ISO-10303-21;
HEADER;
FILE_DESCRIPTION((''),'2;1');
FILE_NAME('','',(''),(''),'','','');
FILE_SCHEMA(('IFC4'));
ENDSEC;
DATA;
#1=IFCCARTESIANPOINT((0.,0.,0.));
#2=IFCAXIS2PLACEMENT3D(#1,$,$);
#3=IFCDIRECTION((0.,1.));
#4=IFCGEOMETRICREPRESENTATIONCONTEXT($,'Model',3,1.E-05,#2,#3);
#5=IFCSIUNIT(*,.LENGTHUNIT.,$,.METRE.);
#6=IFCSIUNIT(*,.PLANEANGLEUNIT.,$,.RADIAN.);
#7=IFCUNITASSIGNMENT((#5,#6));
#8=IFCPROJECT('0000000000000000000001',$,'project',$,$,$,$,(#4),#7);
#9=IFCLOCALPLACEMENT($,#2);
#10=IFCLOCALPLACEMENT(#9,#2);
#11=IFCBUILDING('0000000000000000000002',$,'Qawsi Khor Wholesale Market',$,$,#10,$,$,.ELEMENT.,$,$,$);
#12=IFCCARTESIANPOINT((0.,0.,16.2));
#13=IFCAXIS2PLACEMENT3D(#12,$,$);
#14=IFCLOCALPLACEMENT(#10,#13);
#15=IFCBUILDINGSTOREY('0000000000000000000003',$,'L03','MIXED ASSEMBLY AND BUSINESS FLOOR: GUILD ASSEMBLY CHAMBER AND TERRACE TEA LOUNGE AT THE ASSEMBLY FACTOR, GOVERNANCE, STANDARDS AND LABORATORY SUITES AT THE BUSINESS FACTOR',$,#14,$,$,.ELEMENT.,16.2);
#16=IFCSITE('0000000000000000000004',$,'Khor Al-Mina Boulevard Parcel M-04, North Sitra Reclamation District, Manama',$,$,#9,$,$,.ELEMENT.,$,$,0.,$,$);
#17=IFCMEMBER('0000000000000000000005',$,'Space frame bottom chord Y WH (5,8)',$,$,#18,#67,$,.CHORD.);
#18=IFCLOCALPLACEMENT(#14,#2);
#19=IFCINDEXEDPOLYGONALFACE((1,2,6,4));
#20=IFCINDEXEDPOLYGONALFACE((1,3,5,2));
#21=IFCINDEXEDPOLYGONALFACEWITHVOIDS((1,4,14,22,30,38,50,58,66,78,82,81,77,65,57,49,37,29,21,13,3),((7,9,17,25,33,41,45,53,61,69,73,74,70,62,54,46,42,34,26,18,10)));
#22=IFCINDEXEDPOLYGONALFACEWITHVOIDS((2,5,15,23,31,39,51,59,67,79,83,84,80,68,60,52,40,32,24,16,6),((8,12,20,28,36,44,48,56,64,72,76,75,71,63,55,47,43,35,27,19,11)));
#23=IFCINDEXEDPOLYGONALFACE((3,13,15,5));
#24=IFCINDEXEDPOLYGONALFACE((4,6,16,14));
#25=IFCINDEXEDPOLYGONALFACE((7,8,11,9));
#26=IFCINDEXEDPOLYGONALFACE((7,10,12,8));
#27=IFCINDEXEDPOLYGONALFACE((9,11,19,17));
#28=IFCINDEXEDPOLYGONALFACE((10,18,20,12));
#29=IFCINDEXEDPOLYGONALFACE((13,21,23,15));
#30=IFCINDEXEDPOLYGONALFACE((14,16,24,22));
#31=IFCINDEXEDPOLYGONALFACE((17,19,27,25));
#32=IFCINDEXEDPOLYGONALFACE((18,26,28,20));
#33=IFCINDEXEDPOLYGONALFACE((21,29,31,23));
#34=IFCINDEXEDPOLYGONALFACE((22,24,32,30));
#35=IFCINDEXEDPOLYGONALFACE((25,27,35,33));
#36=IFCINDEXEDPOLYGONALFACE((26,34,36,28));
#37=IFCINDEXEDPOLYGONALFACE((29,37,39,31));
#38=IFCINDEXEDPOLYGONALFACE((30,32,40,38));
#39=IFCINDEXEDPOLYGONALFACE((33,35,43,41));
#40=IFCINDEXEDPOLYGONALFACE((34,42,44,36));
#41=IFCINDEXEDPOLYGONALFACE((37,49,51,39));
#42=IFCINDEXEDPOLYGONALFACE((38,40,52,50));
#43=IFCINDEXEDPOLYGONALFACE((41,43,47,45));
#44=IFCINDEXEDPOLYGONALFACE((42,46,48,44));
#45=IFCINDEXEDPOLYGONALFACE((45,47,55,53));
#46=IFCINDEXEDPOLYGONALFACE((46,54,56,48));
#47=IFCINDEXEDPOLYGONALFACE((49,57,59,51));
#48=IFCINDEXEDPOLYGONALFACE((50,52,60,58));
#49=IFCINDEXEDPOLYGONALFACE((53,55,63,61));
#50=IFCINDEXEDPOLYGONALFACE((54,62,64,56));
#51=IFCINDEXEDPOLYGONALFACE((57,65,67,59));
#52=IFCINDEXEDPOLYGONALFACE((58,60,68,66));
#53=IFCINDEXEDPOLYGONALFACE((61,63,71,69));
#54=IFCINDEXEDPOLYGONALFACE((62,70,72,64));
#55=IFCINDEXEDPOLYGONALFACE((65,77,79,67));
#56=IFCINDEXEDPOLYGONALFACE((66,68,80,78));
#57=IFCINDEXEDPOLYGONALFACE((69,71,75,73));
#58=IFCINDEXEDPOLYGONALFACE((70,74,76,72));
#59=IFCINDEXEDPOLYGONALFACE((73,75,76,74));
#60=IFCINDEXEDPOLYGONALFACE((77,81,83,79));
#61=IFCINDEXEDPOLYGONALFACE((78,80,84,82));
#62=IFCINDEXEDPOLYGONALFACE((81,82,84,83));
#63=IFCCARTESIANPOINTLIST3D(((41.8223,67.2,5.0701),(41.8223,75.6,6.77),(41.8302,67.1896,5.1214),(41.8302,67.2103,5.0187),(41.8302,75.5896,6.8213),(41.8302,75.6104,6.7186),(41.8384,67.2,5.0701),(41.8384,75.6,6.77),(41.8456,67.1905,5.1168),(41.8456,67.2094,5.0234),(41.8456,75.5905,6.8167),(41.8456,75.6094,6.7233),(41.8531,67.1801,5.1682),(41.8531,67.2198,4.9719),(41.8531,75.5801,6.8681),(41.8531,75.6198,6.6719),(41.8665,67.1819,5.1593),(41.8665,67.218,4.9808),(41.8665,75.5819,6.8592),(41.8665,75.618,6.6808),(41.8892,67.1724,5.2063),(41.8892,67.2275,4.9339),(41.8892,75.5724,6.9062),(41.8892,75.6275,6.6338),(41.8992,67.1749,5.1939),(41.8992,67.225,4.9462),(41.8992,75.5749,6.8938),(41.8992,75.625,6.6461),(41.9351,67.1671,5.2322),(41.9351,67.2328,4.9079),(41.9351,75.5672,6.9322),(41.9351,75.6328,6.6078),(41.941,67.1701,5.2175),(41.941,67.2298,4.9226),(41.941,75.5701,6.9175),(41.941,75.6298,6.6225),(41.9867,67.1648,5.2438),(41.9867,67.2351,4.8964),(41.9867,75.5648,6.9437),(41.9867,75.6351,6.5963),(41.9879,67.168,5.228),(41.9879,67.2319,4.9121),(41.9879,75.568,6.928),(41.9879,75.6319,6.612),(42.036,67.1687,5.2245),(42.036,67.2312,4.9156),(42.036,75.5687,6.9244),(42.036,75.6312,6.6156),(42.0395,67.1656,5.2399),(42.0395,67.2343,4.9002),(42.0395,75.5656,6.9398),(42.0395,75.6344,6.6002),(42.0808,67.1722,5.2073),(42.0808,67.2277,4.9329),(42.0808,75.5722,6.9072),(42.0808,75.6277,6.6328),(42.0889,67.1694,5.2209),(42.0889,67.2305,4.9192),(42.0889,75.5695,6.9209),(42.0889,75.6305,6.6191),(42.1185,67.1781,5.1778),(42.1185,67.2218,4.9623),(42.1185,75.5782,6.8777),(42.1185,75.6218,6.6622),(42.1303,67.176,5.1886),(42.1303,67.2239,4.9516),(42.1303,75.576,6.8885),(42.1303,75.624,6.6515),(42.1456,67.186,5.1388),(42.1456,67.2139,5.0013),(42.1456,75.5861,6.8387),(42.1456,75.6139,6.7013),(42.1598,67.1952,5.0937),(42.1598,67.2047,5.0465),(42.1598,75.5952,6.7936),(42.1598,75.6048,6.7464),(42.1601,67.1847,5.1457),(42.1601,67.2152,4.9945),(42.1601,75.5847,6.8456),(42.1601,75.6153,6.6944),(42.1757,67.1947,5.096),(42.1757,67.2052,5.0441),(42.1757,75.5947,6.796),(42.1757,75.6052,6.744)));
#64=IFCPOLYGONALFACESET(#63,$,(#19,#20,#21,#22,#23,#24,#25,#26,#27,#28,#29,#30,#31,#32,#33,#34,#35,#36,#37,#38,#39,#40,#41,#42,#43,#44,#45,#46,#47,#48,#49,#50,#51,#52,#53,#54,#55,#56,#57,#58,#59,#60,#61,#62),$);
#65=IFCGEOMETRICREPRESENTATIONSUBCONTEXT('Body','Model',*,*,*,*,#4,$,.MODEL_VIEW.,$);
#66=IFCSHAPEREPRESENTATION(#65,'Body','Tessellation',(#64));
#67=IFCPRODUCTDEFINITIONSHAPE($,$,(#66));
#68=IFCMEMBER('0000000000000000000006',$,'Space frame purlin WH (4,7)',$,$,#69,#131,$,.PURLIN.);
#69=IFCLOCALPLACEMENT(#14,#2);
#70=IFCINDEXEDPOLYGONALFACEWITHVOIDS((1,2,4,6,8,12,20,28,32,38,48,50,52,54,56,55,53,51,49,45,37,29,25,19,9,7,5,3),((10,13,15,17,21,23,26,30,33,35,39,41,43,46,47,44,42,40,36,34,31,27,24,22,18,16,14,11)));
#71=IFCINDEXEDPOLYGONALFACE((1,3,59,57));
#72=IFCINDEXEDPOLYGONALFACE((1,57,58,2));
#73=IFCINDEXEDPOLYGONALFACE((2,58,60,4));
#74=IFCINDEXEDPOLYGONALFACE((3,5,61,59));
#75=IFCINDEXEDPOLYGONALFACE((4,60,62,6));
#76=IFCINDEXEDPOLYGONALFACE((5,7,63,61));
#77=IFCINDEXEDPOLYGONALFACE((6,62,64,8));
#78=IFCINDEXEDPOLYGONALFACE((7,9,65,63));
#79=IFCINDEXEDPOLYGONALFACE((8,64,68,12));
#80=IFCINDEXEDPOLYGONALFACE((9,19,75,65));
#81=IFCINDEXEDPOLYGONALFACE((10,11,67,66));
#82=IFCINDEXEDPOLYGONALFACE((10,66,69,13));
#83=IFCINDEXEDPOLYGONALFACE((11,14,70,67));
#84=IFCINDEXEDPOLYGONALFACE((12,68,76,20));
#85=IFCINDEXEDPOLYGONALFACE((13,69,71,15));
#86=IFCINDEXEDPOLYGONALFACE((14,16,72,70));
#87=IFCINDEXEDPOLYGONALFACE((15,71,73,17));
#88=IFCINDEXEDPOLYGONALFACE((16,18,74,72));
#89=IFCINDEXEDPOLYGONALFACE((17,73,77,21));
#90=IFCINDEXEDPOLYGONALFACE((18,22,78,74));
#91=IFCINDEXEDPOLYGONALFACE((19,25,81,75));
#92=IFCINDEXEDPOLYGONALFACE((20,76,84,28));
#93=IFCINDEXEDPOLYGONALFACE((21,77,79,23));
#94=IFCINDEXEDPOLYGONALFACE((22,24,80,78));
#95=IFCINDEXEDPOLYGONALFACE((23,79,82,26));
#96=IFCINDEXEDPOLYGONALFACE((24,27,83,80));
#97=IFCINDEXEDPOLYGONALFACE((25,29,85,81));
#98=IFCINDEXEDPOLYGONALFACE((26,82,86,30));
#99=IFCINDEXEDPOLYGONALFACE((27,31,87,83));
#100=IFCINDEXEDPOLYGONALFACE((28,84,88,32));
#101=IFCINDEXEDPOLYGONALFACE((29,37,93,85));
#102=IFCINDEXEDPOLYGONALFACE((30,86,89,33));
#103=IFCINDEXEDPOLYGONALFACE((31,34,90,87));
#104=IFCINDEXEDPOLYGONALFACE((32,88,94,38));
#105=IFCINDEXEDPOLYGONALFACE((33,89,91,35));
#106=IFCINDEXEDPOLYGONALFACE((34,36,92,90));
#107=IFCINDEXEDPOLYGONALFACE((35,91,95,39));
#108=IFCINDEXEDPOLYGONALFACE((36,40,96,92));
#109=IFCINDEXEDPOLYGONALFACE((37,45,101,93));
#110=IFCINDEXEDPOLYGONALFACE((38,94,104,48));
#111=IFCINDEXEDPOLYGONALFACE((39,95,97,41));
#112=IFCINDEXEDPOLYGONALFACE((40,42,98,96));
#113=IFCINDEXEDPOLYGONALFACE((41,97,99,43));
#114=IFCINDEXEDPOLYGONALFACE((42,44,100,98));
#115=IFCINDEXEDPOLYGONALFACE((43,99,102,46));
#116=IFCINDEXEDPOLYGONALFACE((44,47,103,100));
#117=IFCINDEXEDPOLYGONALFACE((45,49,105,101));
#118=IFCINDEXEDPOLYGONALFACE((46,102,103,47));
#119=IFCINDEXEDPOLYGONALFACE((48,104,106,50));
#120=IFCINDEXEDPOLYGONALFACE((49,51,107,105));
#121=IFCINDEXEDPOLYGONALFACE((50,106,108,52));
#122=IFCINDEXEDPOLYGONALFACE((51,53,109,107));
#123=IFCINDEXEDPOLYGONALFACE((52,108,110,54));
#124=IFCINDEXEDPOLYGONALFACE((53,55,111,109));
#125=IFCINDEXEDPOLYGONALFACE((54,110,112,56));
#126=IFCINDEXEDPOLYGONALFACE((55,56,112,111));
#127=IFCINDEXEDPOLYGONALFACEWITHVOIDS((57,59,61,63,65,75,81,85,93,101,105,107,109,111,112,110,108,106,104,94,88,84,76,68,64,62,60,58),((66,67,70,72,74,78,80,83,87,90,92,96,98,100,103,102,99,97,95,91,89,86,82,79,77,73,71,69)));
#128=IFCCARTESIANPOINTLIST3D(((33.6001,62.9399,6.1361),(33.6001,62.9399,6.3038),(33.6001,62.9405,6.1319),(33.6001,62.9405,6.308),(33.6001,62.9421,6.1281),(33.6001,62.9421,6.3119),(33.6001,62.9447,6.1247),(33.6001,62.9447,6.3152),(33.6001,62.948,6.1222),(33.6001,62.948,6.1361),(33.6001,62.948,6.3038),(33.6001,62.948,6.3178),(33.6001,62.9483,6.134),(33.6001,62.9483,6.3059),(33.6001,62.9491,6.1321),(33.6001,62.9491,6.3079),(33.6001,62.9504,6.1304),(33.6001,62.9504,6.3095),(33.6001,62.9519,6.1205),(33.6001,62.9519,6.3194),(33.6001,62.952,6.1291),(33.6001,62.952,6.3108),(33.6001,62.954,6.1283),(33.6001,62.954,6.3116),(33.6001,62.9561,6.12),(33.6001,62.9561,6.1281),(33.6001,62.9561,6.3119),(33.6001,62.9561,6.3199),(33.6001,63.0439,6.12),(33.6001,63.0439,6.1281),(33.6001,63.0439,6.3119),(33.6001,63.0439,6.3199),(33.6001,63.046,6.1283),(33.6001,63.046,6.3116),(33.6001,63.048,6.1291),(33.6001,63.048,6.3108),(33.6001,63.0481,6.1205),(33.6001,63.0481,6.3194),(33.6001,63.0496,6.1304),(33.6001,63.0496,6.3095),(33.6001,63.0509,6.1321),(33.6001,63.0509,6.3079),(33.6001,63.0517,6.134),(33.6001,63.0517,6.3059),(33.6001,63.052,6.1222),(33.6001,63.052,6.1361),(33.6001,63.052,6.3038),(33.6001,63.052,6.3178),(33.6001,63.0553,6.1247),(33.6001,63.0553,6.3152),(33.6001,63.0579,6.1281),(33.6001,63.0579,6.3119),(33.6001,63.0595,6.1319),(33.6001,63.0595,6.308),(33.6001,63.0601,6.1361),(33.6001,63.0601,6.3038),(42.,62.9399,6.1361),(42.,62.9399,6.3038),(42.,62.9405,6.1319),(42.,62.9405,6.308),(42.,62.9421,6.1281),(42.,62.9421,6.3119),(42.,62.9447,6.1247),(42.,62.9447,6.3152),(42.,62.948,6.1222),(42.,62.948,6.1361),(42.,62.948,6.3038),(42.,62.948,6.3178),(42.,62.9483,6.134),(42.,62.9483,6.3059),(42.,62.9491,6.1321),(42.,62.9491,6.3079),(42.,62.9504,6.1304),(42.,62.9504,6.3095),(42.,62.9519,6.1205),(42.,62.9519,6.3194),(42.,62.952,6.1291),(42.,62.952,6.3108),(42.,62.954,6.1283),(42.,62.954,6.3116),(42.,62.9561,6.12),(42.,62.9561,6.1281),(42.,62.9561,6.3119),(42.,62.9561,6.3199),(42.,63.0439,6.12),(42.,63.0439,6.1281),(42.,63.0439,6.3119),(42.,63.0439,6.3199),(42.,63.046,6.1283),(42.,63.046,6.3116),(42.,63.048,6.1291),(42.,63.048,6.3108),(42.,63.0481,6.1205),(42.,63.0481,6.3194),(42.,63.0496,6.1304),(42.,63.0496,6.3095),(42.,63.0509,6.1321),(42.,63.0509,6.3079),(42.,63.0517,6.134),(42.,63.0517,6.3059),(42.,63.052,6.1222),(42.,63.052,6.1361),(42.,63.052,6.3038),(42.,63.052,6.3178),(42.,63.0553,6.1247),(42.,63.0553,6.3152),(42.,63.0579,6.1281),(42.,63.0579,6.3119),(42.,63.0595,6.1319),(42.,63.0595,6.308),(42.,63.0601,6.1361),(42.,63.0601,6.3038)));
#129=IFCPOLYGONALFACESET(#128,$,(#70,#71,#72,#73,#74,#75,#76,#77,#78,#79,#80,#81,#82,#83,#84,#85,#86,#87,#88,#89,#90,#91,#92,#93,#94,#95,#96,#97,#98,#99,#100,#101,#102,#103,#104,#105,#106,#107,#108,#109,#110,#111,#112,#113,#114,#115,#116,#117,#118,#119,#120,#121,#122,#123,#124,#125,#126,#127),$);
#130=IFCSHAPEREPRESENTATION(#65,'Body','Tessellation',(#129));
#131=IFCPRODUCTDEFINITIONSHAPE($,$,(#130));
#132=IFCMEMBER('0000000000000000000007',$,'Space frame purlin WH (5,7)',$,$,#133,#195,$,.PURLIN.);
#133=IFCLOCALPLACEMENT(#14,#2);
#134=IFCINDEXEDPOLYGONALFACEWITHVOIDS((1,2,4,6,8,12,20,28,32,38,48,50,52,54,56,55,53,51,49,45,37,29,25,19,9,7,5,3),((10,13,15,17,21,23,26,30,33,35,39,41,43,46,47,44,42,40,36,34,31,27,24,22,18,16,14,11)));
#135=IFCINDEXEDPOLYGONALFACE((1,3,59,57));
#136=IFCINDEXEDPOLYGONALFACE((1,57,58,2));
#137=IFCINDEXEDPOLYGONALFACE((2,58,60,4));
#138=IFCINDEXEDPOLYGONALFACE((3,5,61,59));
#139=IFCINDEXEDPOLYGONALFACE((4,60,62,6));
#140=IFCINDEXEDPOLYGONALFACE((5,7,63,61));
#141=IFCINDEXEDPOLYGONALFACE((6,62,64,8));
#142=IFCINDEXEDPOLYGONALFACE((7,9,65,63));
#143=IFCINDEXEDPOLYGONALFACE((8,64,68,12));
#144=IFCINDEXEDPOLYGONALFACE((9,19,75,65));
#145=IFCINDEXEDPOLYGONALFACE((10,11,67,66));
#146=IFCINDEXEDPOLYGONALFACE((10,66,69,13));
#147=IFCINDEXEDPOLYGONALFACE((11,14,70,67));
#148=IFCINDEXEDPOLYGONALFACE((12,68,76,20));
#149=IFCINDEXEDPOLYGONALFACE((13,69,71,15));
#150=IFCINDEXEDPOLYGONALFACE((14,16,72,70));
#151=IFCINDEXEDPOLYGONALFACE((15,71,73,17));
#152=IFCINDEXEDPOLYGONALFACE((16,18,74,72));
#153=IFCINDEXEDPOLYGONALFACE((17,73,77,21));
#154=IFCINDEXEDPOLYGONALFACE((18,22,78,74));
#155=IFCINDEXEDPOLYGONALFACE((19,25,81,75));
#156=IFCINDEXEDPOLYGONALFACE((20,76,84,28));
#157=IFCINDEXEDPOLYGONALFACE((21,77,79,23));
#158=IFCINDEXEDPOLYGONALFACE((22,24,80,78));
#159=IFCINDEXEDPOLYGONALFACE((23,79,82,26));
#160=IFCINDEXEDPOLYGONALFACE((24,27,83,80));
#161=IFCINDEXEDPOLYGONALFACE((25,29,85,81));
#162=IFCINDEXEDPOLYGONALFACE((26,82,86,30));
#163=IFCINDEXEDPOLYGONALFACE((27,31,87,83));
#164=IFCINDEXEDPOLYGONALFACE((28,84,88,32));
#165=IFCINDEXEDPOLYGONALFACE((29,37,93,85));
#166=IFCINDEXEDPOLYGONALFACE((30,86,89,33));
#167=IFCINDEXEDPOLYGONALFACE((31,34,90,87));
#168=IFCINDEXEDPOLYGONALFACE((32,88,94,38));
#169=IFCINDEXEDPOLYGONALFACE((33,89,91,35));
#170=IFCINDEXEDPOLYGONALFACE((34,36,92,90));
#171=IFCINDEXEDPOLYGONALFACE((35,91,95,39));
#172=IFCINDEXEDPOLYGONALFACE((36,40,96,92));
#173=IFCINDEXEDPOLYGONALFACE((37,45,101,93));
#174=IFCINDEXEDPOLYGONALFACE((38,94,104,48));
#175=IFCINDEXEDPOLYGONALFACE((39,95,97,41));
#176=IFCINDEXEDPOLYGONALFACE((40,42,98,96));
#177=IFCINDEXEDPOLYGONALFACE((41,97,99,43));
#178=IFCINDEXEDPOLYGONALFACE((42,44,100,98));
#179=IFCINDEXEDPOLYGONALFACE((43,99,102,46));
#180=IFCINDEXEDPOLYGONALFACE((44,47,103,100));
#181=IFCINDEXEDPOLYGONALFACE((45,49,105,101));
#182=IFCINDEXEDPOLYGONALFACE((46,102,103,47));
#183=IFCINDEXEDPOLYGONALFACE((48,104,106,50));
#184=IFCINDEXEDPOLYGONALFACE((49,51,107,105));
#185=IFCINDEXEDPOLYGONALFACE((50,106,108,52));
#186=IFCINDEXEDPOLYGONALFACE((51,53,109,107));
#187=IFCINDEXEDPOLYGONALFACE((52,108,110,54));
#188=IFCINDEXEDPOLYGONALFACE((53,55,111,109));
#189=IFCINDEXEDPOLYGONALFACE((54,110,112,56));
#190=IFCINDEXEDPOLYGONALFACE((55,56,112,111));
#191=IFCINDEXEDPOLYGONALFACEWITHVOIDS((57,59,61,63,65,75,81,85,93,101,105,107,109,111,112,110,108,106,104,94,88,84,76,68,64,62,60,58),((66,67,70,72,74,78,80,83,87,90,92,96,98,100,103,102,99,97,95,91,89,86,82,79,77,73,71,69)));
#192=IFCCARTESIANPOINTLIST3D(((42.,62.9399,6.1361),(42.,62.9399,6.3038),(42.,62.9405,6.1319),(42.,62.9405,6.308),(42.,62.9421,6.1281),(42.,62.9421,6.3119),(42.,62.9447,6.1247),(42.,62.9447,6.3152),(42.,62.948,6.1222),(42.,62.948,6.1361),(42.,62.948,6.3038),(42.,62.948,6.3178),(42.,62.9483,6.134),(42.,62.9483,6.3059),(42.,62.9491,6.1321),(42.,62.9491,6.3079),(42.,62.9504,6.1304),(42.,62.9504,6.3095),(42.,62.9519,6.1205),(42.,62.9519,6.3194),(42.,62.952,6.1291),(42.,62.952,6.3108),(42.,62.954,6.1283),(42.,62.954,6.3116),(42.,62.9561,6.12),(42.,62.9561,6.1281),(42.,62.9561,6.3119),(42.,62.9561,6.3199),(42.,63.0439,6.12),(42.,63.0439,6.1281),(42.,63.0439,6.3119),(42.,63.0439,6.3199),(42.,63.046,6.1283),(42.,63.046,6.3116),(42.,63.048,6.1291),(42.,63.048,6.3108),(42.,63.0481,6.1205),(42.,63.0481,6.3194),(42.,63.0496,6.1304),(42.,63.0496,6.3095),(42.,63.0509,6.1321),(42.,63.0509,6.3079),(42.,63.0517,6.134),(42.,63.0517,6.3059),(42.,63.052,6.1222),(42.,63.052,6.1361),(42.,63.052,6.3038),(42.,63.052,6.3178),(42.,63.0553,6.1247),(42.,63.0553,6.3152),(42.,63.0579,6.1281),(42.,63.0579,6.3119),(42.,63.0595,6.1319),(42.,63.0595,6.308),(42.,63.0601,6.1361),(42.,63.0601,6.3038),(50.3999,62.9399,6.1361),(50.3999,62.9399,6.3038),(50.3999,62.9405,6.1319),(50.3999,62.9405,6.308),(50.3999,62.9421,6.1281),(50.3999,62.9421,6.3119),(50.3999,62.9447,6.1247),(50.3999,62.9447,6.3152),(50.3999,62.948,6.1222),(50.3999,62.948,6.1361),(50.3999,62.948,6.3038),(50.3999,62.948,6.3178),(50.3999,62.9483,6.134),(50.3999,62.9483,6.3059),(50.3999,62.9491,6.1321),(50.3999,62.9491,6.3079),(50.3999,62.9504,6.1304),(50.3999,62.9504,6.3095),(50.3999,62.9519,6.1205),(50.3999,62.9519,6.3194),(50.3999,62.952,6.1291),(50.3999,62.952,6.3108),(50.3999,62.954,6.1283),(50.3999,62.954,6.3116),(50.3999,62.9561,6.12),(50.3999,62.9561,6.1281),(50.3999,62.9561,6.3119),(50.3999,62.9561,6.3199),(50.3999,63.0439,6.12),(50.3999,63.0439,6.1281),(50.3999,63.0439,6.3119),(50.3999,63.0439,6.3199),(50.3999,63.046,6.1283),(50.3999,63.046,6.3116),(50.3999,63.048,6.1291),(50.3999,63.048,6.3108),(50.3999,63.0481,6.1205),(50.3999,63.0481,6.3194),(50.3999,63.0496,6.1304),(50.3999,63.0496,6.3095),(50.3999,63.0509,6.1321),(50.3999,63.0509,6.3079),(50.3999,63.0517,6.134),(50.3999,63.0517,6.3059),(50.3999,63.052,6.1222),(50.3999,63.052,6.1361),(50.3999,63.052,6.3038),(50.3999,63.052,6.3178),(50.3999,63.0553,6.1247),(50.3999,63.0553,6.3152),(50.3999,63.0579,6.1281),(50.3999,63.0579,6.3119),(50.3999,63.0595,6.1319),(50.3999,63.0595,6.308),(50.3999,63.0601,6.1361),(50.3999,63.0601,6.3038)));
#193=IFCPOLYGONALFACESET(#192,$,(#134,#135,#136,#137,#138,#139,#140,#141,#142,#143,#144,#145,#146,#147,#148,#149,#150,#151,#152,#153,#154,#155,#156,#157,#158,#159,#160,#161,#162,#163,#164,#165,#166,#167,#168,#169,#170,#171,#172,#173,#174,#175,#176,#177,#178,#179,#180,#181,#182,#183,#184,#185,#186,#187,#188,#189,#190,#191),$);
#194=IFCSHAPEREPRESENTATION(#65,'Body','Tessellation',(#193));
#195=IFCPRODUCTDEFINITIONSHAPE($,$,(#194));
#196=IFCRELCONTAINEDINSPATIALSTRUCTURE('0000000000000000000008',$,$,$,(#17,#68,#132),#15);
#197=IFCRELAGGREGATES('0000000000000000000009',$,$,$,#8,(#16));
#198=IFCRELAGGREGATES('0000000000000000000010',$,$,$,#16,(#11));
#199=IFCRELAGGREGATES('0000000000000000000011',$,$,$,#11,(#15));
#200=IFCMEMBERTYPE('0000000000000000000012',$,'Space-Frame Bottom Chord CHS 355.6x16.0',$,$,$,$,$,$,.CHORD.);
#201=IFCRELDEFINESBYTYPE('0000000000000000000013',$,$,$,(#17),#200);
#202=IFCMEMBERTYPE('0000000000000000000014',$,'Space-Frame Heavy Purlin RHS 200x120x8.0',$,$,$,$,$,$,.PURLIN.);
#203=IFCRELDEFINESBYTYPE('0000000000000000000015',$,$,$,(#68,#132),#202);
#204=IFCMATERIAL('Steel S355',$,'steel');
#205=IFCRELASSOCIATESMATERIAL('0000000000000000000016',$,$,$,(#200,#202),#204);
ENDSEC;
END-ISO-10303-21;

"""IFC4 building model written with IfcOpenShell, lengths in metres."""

from ifc_helpers import new_model, si_unit, direction, frame, origin, origin_2d, place, context, subcontext, project, spatial, hollow_rectangle, hollow_circle, extrude, material, material_profile, profile_set, type_object, element, save


model = new_model("IFC4")

# Units and contexts
model_context = context("Model", 3, precision=1e-05, world=origin(), true_north=direction((0.0, 1.0)))
body_context = subcontext(model_context, "Body", "Model", "MODEL_VIEW")
ifc_project = project(units=[si_unit("LENGTHUNIT", "METRE"), si_unit("PLANEANGLEUNIT", "RADIAN")], contexts=[model_context])

# Site, building, storey
site_placement = place(None, origin())
site = spatial("IfcSite", under=ifc_project, at=site_placement, Name="Khor Al-Mina Boulevard Parcel M-04, North Sitra Reclamation District, Manama", CompositionType="ELEMENT", RefElevation=0.0)
building_placement = place(site_placement, origin())
building = spatial("IfcBuilding", under=site, at=building_placement, Name="Qawsi Khor Wholesale Market", CompositionType="ELEMENT")
storey_placement = place(building_placement, frame((0.0, 0.0, 16.2)))
storey = spatial("IfcBuildingStorey", under=building, at=storey_placement, Name="L03", Description="MIXED ASSEMBLY AND BUSINESS FLOOR: GUILD ASSEMBLY CHAMBER AND TERRACE TEA LOUNGE AT THE ASSEMBLY FACTOR, GOVERNANCE, STANDARDS AND LABORATORY SUITES AT THE BUSINESS FACTOR", CompositionType="ELEMENT", Elevation=16.2)

# Members
ifc_material_1 = material(Name="Steel S355", Category="steel")
ifc_material_profile_1 = material_profile(ifc_material_1, hollow_circle(Radius=0.1777, WallThickness=0.0161, at=origin_2d()), Name="CHS 355.6x16.0")
ifc_profile_set_1 = profile_set([ifc_material_profile_1], Name="Steel S355")
member_type_1 = type_object("IfcMemberType", Name="Space-Frame Bottom Chord CHS 355.6x16.0", PredefinedType="CHORD", material=ifc_profile_set_1)
for number, where, z_axis, x_axis, name in (
    (1, (42.0, 67.2, 5.0701), (0.0, 0.980131, 0.198351), (-1.0, 0.0, 0.0), "Space frame bottom chord Y WH (5,8)"),
):
    element("IfcMember", number, at=place(storey_placement, frame(where, z_axis=z_axis, x_axis=x_axis)), inside=storey, type_object=member_type_1, Name=name, PredefinedType="CHORD", context=body_context, shape_type="SweptSolid", body=[
        extrude(hollow_circle(Radius=0.1777, WallThickness=0.0161, at=origin_2d()), origin(), (0.0, 0.0, 1.0), 8.5703),
    ])
ifc_material_profile_2 = material_profile(ifc_material_1, hollow_rectangle(XDim=0.1201, YDim=0.2, WallThickness=0.0081, InnerFilletRadius=0.0081, OuterFilletRadius=0.0161, at=origin_2d()), Name="RHS 200x120x8.0")
ifc_profile_set_2 = profile_set([ifc_material_profile_2], Name="Steel S355")
member_type_2 = type_object("IfcMemberType", Name="Space-Frame Heavy Purlin RHS 200x120x8.0", PredefinedType="PURLIN", material=ifc_profile_set_2)
for number, where, z_axis, x_axis, name in (
    (2, (33.6001, 63.0, 6.22), (1.0, 0.0, 0.0), (0.0, 1.0, 0.0), "Space frame purlin WH (4,7)"),
    (3, (42.0, 63.0, 6.22), (1.0, 0.0, 0.0), (0.0, 1.0, 0.0), "Space frame purlin WH (5,7)"),
):
    element("IfcMember", number, at=place(storey_placement, frame(where, z_axis=z_axis, x_axis=x_axis)), inside=storey, type_object=member_type_2, Name=name, PredefinedType="PURLIN", context=body_context, shape_type="SweptSolid", body=[
        extrude(hollow_rectangle(XDim=0.1201, YDim=0.2, WallThickness=0.0081, InnerFilletRadius=0.0081, OuterFilletRadius=0.0161, at=origin_2d()), origin(), (0.0, 0.0, 1.0), 8.3999),
    ])

save(model, "model.ifc")
